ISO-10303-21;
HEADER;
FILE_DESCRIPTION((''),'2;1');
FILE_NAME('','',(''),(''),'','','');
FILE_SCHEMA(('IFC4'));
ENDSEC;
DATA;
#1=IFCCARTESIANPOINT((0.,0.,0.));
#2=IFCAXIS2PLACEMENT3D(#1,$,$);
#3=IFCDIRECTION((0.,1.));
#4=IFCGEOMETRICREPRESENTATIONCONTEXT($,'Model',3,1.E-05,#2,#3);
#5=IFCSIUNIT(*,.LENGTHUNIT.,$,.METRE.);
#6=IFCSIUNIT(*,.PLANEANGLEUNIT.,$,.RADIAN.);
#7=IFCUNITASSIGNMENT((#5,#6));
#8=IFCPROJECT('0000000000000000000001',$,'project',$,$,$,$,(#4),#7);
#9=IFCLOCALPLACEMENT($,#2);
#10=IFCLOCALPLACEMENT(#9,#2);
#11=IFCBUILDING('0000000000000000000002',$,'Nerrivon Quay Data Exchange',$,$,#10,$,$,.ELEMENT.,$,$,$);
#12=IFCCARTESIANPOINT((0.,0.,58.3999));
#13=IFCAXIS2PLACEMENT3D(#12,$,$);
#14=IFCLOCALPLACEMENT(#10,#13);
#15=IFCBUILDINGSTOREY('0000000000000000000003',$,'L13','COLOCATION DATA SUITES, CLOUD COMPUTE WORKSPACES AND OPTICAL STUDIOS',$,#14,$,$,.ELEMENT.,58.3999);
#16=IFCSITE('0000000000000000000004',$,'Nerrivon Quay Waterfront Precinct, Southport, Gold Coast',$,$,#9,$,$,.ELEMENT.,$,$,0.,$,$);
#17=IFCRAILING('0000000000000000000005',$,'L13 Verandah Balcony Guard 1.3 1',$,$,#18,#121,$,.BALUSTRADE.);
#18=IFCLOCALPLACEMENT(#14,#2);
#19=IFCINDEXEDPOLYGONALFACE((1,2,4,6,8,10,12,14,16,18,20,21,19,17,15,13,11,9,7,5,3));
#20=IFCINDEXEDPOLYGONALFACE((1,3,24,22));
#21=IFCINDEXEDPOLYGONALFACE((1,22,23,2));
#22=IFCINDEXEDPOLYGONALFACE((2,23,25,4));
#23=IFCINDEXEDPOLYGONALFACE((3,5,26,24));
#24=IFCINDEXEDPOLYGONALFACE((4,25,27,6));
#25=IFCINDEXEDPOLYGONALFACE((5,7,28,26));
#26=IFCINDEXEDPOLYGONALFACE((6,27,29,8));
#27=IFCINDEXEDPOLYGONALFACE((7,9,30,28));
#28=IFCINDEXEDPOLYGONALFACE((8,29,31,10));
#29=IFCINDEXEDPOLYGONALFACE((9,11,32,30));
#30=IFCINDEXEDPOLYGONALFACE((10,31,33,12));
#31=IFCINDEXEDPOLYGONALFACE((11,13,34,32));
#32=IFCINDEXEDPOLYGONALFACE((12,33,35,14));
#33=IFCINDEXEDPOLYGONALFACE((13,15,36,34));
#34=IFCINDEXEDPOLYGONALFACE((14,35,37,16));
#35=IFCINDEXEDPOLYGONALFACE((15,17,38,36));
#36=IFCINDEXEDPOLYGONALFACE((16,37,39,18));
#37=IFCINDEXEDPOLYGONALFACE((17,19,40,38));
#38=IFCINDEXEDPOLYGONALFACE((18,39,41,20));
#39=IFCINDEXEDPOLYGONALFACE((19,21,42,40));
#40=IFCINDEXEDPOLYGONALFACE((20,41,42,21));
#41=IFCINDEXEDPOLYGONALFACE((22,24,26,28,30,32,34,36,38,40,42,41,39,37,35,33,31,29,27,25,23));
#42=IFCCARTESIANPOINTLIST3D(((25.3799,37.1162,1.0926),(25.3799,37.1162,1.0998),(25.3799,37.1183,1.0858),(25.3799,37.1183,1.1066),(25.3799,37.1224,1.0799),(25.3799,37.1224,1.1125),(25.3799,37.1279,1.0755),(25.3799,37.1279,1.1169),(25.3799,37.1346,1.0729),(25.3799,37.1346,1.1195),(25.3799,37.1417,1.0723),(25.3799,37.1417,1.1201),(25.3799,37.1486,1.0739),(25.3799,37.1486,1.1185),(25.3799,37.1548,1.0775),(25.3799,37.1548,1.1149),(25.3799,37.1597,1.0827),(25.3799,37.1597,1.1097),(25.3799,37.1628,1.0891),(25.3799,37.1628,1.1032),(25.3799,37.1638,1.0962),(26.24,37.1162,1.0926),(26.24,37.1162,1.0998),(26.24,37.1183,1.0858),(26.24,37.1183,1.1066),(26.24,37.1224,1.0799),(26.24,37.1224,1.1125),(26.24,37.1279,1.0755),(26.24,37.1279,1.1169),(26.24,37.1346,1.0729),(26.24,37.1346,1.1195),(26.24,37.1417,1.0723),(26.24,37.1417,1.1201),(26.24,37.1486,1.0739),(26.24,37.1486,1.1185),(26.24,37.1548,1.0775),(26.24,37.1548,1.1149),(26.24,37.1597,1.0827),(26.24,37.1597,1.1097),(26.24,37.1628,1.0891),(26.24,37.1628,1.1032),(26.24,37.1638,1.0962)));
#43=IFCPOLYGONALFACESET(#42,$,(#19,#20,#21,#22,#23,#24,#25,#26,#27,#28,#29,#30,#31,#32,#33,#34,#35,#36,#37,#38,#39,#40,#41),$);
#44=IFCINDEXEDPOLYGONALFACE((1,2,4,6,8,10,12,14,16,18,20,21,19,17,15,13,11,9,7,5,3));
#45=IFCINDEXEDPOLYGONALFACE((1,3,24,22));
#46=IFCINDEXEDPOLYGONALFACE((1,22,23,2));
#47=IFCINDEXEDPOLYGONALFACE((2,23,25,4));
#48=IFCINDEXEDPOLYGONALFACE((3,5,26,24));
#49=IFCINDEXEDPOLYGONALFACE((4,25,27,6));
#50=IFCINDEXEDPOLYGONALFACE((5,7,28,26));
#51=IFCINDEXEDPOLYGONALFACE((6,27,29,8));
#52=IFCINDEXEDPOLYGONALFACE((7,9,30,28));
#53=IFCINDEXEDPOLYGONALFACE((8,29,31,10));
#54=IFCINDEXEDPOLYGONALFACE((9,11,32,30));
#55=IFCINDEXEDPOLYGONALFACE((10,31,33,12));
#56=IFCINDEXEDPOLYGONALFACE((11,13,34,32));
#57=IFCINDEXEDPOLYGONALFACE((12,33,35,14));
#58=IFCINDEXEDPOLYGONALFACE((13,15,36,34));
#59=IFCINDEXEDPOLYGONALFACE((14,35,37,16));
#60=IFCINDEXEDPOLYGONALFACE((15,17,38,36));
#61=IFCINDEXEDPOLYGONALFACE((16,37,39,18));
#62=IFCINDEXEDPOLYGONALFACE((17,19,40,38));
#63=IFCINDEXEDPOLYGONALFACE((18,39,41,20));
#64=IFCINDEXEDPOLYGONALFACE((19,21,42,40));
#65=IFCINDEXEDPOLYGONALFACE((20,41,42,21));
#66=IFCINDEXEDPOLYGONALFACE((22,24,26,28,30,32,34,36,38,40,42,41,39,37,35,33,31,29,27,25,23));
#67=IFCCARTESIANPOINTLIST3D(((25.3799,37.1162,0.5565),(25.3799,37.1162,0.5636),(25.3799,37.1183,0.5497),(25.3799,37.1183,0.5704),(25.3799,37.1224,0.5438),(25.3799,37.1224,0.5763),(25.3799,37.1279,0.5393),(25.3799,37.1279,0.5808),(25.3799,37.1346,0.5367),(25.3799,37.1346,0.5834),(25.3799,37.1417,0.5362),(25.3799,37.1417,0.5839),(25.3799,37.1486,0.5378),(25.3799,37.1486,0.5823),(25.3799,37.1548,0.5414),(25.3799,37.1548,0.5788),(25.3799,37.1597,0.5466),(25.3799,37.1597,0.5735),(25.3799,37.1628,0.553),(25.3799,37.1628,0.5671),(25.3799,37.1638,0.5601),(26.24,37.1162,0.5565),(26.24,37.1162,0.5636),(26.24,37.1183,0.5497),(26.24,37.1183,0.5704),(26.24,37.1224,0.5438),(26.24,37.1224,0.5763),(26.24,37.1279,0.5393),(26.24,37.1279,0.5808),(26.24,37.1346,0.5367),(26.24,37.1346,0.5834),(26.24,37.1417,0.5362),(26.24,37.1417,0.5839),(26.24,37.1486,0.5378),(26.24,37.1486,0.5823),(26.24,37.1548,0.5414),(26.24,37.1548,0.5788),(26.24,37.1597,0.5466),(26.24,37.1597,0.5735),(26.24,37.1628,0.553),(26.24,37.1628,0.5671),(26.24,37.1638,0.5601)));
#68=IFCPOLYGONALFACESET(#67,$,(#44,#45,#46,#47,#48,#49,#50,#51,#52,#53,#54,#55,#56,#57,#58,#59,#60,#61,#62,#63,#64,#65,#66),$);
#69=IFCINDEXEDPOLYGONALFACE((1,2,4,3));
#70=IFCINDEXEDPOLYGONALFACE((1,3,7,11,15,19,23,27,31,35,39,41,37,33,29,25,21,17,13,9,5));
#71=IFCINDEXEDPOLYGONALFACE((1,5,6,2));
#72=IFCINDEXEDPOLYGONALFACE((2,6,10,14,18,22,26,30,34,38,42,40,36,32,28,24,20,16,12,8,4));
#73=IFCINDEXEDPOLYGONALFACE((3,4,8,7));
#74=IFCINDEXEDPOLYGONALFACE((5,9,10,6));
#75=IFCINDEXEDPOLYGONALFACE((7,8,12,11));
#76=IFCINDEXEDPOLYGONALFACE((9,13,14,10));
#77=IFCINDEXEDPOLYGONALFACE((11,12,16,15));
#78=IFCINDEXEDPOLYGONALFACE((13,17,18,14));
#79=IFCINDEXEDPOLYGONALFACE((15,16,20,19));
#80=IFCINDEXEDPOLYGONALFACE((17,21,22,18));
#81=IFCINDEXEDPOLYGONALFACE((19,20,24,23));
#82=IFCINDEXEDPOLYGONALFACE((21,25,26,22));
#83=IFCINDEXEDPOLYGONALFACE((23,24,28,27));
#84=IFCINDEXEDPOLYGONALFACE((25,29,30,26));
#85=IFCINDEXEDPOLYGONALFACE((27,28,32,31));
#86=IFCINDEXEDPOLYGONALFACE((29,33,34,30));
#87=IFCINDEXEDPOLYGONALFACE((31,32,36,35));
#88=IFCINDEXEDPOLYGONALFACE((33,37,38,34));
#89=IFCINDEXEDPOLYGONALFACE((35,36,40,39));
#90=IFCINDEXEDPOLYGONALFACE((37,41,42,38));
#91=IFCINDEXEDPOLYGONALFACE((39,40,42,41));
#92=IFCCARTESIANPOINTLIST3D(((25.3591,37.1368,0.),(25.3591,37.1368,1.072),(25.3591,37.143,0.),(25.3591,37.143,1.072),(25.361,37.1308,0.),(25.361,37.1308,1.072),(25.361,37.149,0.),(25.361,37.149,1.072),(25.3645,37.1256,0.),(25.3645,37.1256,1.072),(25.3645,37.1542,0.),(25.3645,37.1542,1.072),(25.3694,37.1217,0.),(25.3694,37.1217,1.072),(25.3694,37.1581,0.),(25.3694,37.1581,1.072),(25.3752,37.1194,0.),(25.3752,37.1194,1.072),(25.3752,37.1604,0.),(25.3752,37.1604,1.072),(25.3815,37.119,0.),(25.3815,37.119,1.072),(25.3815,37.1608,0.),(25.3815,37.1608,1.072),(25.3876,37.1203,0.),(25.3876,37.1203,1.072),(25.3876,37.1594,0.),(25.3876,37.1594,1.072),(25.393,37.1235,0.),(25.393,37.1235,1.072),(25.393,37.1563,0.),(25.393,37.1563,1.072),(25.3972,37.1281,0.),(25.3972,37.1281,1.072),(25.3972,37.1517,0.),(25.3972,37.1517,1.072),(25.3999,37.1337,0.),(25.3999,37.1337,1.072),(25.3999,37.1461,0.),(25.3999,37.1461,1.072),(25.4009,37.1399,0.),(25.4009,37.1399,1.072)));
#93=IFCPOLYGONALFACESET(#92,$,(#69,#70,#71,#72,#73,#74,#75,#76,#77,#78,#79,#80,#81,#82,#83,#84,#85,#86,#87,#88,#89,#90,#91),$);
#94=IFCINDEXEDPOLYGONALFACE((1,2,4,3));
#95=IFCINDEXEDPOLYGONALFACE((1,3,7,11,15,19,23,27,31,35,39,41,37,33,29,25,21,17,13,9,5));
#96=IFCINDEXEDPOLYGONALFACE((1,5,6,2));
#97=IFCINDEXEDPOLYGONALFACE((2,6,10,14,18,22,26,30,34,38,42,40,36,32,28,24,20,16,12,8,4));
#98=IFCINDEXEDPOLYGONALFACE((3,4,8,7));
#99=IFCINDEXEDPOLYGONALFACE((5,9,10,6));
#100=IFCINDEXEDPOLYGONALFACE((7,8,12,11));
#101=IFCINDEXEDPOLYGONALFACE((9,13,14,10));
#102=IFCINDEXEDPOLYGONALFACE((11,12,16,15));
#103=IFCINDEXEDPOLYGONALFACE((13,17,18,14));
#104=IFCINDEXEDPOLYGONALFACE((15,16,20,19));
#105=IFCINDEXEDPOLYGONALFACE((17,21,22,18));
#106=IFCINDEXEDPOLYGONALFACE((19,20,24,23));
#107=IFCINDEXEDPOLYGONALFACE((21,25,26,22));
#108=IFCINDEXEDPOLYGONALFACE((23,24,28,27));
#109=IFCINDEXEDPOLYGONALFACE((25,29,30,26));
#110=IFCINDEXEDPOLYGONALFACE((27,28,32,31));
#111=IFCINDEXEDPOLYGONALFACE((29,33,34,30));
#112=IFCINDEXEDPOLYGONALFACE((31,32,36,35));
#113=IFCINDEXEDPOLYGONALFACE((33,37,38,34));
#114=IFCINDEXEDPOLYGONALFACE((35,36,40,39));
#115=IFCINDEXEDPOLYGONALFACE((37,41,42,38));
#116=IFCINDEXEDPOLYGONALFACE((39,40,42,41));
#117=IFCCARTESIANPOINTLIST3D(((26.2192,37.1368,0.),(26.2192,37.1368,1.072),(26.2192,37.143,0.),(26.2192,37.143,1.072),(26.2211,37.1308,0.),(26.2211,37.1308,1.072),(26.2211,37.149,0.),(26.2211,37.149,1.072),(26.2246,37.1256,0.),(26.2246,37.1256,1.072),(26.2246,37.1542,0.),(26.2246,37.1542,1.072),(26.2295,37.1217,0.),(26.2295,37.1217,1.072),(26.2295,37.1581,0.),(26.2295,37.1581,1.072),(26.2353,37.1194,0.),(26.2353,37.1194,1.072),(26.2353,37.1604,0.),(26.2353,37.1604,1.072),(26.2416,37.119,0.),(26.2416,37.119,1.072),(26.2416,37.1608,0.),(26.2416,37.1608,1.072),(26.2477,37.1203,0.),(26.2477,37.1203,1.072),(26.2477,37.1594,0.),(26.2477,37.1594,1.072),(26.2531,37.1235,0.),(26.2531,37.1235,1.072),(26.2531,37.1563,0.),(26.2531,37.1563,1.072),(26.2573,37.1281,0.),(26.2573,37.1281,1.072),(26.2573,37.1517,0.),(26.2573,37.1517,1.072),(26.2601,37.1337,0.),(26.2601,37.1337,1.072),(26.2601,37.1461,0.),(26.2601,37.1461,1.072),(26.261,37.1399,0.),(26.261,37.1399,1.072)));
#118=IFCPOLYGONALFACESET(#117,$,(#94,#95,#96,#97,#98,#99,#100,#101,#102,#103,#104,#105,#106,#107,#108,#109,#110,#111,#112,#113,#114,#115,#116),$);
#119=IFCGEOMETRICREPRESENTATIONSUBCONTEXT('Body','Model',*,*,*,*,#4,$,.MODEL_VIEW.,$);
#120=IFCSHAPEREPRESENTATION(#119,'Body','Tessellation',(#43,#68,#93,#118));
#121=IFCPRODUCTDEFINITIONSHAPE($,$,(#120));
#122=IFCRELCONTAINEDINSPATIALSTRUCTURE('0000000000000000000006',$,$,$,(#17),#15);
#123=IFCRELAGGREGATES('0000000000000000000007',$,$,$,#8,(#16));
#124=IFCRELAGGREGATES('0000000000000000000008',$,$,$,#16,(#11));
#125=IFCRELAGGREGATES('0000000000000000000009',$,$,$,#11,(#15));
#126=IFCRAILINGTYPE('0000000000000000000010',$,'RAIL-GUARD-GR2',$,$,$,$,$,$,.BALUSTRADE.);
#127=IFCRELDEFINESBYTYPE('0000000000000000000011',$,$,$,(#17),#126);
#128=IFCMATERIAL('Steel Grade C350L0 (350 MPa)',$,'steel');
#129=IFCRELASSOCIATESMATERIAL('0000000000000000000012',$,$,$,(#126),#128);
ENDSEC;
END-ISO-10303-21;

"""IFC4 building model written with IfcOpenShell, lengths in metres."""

from ifc_helpers import new_model, si_unit, direction, frame, origin, origin_2d, place, context, subcontext, project, spatial, circle, extrude, material, type_object, element, save


model = new_model("IFC4")

# Units and contexts
model_context = context("Model", 3, precision=1e-05, world=origin(), true_north=direction((0.0, 1.0)))
body_context = subcontext(model_context, "Body", "Model", "MODEL_VIEW")
ifc_project = project(units=[si_unit("LENGTHUNIT", "METRE"), si_unit("PLANEANGLEUNIT", "RADIAN")], contexts=[model_context])

# Site, building, storey
site_placement = place(None, origin())
site = spatial("IfcSite", under=ifc_project, at=site_placement, Name="Nerrivon Quay Waterfront Precinct, Southport, Gold Coast", CompositionType="ELEMENT", RefElevation=0.0)
building_placement = place(site_placement, origin())
building = spatial("IfcBuilding", under=site, at=building_placement, Name="Nerrivon Quay Data Exchange", CompositionType="ELEMENT")
storey_placement = place(building_placement, frame((0.0, 0.0, 58.3999)))
storey = spatial("IfcBuildingStorey", under=building, at=storey_placement, Name="L13", Description="COLOCATION DATA SUITES, CLOUD COMPUTE WORKSPACES AND OPTICAL STUDIOS", CompositionType="ELEMENT", Elevation=58.3999)

# Railing
ifc_material_1 = material(Name="Steel Grade C350L0 (350 MPa)", Category="steel")
railing_type = type_object("IfcRailingType", Name="RAIL-GUARD-GR2", PredefinedType="BALUSTRADE", material=ifc_material_1)
railing_1_placement = place(storey_placement, frame((25.3799, 37.1399, 0.0)))
element("IfcRailing", 1, at=railing_1_placement, inside=storey, type_object=railing_type, Name="L13 Verandah Balcony Guard 1.3 1", PredefinedType="BALUSTRADE", context=body_context, shape_type="SweptSolid", body=[
    extrude(circle(Radius=0.0239, at=origin_2d()), frame((0.0, 0.0, 1.0962), z_axis=(1.0, 0.0, 0.0), x_axis=(0.0, 1.0, 0.0)), (0.0, 0.0, 1.0), 0.8601),
    extrude(circle(Radius=0.0239, at=origin_2d()), frame((0.0, 0.0, 0.5601), z_axis=(1.0, 0.0, 0.0), x_axis=(0.0, 1.0, 0.0)), (0.0, 0.0, 1.0), 0.8601),
    extrude(circle(Radius=0.021, at=origin_2d()), origin(), (0.0, 0.0, 1.0), 1.072),
    extrude(circle(Radius=0.021, at=origin_2d()), frame((0.8601, 0.0, 0.0)), (0.0, 0.0, 1.0), 1.072),
])

save(model, "model.ifc")
